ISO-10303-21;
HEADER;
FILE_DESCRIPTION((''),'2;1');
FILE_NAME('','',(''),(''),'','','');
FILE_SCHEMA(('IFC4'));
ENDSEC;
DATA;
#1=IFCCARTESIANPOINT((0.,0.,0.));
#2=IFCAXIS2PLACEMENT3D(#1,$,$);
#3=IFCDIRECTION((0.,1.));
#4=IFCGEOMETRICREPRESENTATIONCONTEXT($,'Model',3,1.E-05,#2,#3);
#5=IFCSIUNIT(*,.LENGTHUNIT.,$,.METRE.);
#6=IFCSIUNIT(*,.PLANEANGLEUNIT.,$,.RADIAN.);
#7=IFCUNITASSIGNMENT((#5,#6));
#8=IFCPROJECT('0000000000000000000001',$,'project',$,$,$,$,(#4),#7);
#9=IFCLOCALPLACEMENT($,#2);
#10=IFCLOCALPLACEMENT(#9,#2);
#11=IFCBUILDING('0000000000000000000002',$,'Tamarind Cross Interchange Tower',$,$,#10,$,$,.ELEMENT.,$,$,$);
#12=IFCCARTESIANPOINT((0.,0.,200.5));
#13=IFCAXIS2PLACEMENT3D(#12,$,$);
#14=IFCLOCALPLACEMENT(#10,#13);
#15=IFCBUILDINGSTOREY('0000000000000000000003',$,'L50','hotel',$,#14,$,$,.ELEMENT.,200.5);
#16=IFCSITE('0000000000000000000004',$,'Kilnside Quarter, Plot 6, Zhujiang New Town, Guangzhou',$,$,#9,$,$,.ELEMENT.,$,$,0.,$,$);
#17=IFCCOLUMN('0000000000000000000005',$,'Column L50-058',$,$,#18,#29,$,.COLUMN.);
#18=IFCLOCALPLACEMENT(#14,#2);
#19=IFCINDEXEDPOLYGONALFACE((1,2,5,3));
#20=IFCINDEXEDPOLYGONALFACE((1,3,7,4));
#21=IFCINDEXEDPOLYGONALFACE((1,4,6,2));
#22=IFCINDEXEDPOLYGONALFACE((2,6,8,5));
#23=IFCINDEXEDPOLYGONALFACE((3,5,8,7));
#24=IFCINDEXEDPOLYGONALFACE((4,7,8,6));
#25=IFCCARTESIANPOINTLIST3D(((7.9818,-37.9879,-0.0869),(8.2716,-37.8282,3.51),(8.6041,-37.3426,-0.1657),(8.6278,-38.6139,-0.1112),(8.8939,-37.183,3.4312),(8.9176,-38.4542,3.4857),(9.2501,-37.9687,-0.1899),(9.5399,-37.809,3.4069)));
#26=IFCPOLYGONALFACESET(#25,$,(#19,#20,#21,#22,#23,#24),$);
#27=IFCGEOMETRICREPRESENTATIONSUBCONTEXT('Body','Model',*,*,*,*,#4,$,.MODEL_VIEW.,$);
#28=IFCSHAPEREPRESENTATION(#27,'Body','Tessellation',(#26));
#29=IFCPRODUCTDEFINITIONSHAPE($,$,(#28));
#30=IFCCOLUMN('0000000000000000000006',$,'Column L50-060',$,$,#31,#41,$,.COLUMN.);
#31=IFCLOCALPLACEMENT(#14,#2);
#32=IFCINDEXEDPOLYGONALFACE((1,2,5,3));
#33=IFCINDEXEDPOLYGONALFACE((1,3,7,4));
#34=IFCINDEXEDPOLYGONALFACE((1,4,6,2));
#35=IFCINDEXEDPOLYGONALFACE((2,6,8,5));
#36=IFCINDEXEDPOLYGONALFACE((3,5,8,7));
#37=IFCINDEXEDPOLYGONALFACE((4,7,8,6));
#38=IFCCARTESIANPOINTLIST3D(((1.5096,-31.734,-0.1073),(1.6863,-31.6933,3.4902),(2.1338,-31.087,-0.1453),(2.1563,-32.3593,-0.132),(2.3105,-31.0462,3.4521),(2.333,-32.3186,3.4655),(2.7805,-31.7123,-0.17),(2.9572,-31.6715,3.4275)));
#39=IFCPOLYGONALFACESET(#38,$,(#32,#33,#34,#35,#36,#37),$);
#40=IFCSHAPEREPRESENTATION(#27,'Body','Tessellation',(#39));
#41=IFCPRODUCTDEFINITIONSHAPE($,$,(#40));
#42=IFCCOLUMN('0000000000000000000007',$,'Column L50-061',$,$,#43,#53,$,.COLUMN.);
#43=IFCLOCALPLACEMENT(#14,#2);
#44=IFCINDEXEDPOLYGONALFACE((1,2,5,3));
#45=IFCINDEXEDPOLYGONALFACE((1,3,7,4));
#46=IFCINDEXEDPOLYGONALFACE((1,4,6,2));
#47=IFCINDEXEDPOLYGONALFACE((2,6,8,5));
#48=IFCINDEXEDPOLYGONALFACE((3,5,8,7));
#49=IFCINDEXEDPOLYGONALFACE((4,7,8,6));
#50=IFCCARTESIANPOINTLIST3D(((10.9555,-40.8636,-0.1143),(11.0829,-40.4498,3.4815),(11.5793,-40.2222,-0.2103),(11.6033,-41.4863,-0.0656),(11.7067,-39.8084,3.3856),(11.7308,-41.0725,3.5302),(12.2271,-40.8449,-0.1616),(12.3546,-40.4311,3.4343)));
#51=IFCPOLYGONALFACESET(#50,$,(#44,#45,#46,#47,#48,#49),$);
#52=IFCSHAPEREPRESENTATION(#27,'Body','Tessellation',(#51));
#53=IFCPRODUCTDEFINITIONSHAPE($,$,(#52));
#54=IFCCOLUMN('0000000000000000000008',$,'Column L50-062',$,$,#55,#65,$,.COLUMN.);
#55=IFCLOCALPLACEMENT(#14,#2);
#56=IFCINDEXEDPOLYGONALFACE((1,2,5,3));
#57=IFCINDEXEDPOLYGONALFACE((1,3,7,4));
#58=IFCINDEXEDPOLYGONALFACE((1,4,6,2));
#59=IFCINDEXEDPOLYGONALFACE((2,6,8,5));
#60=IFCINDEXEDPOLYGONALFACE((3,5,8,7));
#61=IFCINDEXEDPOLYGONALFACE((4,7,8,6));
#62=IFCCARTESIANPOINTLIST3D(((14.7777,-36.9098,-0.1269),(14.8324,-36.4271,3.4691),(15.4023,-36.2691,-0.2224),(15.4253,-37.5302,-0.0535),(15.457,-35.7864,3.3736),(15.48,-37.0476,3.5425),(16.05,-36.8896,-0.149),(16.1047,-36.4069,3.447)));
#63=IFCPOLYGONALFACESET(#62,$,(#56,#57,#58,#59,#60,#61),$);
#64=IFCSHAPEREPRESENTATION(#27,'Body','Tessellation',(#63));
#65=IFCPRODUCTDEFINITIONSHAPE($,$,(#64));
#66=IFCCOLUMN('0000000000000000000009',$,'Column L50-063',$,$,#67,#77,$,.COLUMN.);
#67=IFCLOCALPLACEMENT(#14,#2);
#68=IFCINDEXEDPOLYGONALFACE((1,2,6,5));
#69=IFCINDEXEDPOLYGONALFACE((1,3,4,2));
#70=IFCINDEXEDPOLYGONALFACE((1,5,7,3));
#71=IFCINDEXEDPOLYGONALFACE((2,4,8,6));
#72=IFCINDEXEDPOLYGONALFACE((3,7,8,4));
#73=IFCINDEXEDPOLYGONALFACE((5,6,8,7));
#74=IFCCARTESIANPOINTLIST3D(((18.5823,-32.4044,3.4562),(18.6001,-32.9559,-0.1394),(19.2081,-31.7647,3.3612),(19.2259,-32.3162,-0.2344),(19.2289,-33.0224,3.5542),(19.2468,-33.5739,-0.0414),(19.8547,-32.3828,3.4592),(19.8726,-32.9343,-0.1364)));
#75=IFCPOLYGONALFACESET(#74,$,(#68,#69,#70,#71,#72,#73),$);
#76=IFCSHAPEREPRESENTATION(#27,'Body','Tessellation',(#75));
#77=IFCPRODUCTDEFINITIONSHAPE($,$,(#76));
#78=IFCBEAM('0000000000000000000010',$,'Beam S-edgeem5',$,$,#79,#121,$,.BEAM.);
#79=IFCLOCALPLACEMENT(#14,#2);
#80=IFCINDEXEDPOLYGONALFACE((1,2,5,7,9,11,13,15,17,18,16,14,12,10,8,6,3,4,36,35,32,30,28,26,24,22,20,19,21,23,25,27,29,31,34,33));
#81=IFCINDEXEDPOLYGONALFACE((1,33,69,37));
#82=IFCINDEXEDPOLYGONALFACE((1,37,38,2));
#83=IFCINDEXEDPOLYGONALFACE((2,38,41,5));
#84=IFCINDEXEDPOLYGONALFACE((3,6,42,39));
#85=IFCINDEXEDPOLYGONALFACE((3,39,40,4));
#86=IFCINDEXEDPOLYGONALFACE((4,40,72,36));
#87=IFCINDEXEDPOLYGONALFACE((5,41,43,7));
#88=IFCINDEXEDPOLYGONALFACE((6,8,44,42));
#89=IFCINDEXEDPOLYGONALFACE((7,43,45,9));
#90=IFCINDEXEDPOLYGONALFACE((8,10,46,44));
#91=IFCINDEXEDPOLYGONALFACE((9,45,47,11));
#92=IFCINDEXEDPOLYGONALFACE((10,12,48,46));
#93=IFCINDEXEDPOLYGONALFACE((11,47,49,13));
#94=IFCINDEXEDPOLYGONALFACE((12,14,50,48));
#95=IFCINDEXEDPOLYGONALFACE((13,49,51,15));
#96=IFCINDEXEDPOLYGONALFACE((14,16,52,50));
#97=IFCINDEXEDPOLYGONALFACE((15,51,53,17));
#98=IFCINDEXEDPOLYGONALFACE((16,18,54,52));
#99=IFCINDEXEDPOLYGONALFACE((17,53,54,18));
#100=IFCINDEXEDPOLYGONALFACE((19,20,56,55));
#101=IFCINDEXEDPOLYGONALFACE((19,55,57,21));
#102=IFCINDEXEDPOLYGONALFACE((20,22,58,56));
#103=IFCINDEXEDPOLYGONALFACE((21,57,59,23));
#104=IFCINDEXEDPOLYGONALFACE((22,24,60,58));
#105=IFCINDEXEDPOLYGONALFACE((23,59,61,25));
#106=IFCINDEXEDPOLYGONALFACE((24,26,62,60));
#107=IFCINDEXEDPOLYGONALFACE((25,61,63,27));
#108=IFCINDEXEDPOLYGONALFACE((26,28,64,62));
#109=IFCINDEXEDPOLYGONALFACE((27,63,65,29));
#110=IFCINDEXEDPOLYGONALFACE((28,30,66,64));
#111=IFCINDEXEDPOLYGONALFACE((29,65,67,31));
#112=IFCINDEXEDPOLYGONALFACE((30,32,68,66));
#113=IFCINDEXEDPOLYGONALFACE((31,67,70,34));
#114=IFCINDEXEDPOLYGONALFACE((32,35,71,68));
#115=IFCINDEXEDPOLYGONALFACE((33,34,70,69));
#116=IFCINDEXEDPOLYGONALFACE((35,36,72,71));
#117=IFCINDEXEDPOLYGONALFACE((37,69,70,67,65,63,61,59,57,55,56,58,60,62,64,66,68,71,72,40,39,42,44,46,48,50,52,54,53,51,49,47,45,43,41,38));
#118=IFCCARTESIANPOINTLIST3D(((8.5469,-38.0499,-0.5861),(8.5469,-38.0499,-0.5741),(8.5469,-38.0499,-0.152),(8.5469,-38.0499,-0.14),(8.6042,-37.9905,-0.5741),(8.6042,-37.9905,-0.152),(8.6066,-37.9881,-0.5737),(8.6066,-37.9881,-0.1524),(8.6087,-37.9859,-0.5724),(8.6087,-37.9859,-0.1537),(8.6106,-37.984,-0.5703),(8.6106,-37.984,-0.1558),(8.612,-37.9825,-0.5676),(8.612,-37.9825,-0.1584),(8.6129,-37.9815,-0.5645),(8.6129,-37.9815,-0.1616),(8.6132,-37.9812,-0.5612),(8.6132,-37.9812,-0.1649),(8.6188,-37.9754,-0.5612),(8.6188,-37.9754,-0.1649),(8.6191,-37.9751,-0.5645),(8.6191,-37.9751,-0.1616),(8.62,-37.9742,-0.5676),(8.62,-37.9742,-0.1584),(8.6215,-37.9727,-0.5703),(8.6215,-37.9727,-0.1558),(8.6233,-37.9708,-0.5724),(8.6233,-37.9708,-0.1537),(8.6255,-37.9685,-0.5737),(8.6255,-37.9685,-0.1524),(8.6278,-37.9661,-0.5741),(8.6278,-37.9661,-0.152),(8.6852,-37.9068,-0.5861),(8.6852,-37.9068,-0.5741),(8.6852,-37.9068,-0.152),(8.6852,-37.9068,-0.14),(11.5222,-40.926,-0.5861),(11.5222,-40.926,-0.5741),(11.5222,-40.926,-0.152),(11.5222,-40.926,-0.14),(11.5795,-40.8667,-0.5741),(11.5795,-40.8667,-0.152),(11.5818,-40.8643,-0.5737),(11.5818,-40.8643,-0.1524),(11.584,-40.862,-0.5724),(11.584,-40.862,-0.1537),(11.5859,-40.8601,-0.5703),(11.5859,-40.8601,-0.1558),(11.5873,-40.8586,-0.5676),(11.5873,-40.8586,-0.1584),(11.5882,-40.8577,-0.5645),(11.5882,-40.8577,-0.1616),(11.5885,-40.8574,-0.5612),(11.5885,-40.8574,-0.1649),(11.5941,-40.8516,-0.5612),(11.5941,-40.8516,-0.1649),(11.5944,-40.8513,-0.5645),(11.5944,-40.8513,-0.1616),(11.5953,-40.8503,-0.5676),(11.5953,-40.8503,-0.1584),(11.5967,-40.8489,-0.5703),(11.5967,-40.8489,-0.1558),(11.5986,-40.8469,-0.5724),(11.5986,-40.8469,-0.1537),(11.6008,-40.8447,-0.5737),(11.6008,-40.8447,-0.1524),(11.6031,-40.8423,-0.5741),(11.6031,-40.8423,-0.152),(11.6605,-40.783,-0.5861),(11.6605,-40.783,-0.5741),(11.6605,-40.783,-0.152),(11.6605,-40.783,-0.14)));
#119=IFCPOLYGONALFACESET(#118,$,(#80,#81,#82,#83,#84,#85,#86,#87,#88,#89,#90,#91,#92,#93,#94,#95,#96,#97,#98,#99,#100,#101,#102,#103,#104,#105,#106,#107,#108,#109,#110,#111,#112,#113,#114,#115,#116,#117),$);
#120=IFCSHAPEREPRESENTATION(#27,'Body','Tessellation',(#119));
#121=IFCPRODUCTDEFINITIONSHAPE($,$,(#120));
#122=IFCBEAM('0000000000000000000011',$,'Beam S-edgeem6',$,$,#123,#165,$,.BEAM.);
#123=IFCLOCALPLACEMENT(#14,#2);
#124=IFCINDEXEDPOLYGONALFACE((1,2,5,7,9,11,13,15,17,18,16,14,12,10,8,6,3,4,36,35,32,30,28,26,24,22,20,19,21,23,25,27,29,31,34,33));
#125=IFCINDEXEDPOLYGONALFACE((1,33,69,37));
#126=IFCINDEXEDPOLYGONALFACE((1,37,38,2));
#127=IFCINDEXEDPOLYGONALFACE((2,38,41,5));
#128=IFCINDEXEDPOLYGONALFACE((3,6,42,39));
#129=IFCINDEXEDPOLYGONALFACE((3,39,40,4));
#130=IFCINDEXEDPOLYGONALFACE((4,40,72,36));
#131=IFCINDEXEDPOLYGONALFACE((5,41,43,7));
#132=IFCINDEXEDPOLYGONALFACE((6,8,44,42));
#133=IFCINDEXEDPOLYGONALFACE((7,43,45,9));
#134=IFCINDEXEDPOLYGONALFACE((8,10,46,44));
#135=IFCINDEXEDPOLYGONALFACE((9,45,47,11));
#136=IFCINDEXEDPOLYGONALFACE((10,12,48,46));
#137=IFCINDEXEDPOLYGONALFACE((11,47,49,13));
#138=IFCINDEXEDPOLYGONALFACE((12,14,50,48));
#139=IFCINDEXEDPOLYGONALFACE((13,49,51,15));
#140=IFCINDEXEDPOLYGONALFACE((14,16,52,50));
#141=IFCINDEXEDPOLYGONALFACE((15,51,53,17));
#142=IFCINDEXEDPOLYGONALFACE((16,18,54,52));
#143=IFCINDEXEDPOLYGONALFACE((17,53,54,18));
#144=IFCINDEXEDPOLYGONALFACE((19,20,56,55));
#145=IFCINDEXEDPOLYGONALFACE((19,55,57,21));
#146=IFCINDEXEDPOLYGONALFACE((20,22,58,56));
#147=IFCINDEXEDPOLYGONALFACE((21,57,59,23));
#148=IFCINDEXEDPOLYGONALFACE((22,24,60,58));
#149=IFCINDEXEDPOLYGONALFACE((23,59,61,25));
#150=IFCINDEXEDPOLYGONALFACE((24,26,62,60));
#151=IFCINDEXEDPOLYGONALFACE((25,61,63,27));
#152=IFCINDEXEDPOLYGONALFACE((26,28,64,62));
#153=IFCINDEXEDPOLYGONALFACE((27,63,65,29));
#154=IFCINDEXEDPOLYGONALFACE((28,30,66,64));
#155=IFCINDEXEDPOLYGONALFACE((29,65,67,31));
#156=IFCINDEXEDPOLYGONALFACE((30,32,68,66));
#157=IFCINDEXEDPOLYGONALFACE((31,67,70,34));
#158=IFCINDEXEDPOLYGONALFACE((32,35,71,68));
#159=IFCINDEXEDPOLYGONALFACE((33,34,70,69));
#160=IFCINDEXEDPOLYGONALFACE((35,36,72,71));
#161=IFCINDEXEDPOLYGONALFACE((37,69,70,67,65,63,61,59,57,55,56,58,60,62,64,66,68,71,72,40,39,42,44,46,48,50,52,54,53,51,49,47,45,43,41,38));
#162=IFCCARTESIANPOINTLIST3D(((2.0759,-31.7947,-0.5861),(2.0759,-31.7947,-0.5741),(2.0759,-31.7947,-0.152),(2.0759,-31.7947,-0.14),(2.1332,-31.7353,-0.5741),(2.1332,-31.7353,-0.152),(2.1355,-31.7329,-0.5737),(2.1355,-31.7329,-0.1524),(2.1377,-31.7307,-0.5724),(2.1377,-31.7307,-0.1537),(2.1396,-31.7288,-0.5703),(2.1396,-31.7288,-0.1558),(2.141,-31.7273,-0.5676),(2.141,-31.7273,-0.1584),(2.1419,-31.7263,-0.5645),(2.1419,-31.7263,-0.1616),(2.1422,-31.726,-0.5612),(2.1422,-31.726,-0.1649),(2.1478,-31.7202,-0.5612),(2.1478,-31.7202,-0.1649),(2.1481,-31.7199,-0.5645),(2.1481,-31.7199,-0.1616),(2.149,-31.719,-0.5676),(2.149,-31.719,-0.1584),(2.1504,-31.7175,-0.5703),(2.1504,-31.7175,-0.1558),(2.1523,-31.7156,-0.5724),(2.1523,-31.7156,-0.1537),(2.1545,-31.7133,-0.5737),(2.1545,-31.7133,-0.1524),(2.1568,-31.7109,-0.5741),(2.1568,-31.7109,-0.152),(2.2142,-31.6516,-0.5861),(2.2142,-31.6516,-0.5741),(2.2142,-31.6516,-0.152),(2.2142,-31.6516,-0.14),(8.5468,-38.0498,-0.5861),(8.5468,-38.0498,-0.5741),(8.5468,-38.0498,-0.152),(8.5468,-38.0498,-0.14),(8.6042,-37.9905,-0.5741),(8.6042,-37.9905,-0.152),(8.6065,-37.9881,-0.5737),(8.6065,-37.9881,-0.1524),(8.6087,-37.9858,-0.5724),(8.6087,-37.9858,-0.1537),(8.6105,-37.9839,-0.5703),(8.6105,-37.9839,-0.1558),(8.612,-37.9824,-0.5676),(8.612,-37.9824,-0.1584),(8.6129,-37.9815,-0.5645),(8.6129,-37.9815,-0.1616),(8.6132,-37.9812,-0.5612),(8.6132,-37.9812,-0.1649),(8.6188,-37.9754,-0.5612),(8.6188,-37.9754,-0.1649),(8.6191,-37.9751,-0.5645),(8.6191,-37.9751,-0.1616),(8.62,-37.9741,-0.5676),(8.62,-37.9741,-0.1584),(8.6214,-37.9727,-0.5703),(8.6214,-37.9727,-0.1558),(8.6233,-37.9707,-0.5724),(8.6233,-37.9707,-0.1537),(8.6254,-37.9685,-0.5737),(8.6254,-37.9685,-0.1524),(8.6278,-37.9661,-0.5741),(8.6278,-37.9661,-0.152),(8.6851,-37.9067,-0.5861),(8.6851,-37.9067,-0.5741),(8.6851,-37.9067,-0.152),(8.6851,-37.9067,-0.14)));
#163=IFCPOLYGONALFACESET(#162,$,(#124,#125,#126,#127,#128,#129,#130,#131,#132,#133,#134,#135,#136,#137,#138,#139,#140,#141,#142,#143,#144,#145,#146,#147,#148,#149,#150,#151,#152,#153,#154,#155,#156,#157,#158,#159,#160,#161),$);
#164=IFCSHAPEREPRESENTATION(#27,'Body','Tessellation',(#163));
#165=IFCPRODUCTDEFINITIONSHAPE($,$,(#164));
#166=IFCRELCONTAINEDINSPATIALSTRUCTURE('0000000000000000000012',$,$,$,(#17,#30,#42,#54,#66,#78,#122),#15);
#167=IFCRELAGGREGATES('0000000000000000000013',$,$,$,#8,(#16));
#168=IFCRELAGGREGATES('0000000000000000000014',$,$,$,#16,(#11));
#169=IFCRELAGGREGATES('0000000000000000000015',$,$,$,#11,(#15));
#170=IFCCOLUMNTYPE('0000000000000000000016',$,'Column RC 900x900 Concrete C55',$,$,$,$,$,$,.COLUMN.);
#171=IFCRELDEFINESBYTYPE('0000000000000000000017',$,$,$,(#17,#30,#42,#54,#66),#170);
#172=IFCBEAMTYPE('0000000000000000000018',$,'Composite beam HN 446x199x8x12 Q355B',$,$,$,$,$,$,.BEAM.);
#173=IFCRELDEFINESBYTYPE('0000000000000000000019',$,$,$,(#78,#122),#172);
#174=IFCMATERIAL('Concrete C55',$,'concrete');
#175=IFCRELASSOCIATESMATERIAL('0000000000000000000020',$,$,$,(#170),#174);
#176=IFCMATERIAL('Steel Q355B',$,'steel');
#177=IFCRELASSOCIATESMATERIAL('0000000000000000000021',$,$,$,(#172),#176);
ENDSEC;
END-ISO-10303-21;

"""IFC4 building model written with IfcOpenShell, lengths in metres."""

from ifc_helpers import new_model, si_unit, direction, frame, origin, origin_2d, place, context, subcontext, project, spatial, rectangle, i_section, extrude, material, material_profile, profile_set, type_object, element, save


model = new_model("IFC4")

# Units and contexts
model_context = context("Model", 3, precision=1e-05, world=origin(), true_north=direction((0.0, 1.0)))
body_context = subcontext(model_context, "Body", "Model", "MODEL_VIEW")
ifc_project = project(units=[si_unit("LENGTHUNIT", "METRE"), si_unit("PLANEANGLEUNIT", "RADIAN")], contexts=[model_context])

# Site, building, storey
site_placement = place(None, origin())
site = spatial("IfcSite", under=ifc_project, at=site_placement, Name="Kilnside Quarter, Plot 6, Zhujiang New Town, Guangzhou", CompositionType="ELEMENT", RefElevation=0.0)
building_placement = place(site_placement, origin())
building = spatial("IfcBuilding", under=site, at=building_placement, Name="Tamarind Cross Interchange Tower", CompositionType="ELEMENT")
storey_placement = place(building_placement, frame((0.0, 0.0, 200.5)))
storey = spatial("IfcBuildingStorey", under=building, at=storey_placement, Name="L50", Description="hotel", CompositionType="ELEMENT", Elevation=200.5)

# Columns
ifc_material_1 = material(Name="Concrete C55", Category="concrete")
ifc_material_profile_1 = material_profile(ifc_material_1, rectangle(XDim=0.8999, YDim=0.8999, at=origin_2d()), Name="RC 900x900")
ifc_profile_set_1 = profile_set([ifc_material_profile_1], Name="Concrete C55")
column_type = type_object("IfcColumnType", Name="Column RC 900x900 Concrete C55", PredefinedType="COLUMN", material=ifc_profile_set_1)
column_1_placement = place(storey_placement, frame((8.616, -37.9783, -0.1384), z_axis=(0.080229, 0.044204, 0.995796), x_axis=(-0.717861, 0.695664, 0.026956)))
element("IfcColumn", 1, at=column_1_placement, inside=storey, type_object=column_type, Name="Column L50-058", PredefinedType="COLUMN", context=body_context, shape_type="SweptSolid", body=[
    extrude(rectangle(XDim=0.8999, YDim=0.8999, at=origin_2d()), origin(), (0.0, 0.0, 1.0), 3.6121),
])
column_2_placement = place(storey_placement, frame((2.145, -31.7231, -0.1387), z_axis=(0.049072, 0.011319, 0.998731), x_axis=(-0.718629, 0.694853, 0.027434)))
element("IfcColumn", 2, at=column_2_placement, inside=storey, type_object=column_type, Name="Column L50-060", PredefinedType="COLUMN", context=body_context, shape_type="SweptSolid", body=[
    extrude(rectangle(XDim=0.8999, YDim=0.8999, at=origin_2d()), origin(), (0.0, 0.0, 1.0), 3.6021),
])
column_3_placement = place(storey_placement, frame((11.5913, -40.8542, -0.1379), z_axis=(0.035186, 0.114254, 0.992828), x_axis=(-0.693196, -0.712822, 0.106598)))
element("IfcColumn", 3, at=column_3_placement, inside=storey, type_object=column_type, Name="Column L50-061", PredefinedType="COLUMN", context=body_context, shape_type="SweptSolid", body=[
    extrude(rectangle(XDim=0.8999, YDim=0.8999, at=origin_2d()), origin(), (0.0, 0.0, 1.0), 3.6218),
])
column_4_placement = place(storey_placement, frame((15.4138, -36.8997, -0.1379), z_axis=(0.015071, 0.133017, 0.990999), x_axis=(-0.694163, -0.711952, 0.106119)))
element("IfcColumn", 4, at=column_4_placement, inside=storey, type_object=column_type, Name="Column L50-062", PredefinedType="COLUMN", context=body_context, shape_type="SweptSolid", body=[
    extrude(rectangle(XDim=0.8999, YDim=0.8999, at=origin_2d()), origin(), (0.0, 0.0, 1.0), 3.6287),
])
column_5_placement = place(storey_placement, frame((19.2363, -32.9451, -0.1379), z_axis=(-0.004899, 0.151607, 0.988429), x_axis=(-0.695408, -0.710817, 0.105579)))
element("IfcColumn", 5, at=column_5_placement, inside=storey, type_object=column_type, Name="Column L50-063", PredefinedType="COLUMN", context=body_context, shape_type="SweptSolid", body=[
    extrude(rectangle(XDim=0.8999, YDim=0.8999, at=origin_2d()), origin(), (0.0, 0.0, 1.0), 3.6377),
])

# Beams
ifc_material_2 = material(Name="Steel Q355B", Category="steel")
ifc_material_profile_2 = material_profile(ifc_material_2, i_section(OverallWidth=0.199, OverallDepth=0.446, WebThickness=0.0081, FlangeThickness=0.012, FilletRadius=0.0129, at=origin_2d()), Name="HN 446x199x8x12")
ifc_profile_set_2 = profile_set([ifc_material_profile_2], Name="Steel Q355B")
beam_type_1 = type_object("IfcBeamType", Name="Composite beam HN 446x199x8x12 Q355B", PredefinedType="BEAM", material=ifc_profile_set_2)
beam_1_placement = place(storey_placement, frame((11.5913, -40.8545, -0.363), z_axis=(-0.718981, 0.695029, 0.0), x_axis=(-0.695029, -0.718981, 0.0)))
element("IfcBeam", 6, at=beam_1_placement, inside=storey, type_object=beam_type_1, Name="Beam S-edgeem5", PredefinedType="BEAM", context=body_context, shape_type="SweptSolid", body=[
    extrude(i_section(OverallWidth=0.199, OverallDepth=0.446, WebThickness=0.0081, FlangeThickness=0.012, FilletRadius=0.0129, at=origin_2d()), origin(), (0.0, 0.0, 1.0), 4.1382),
])
beam_2_placement = place(storey_placement, frame((8.616, -37.9783, -0.363), z_axis=(-0.718995, 0.695015, 0.0), x_axis=(-0.695015, -0.718995, 0.0)))
element("IfcBeam", 7, at=beam_2_placement, inside=storey, type_object=beam_type_1, Name="Beam S-edgeem6", PredefinedType="BEAM", context=body_context, shape_type="SweptSolid", body=[
    extrude(i_section(OverallWidth=0.199, OverallDepth=0.446, WebThickness=0.0081, FlangeThickness=0.012, FilletRadius=0.0129, at=origin_2d()), origin(), (0.0, 0.0, 1.0), 9.0),
])

save(model, "model.ifc")
